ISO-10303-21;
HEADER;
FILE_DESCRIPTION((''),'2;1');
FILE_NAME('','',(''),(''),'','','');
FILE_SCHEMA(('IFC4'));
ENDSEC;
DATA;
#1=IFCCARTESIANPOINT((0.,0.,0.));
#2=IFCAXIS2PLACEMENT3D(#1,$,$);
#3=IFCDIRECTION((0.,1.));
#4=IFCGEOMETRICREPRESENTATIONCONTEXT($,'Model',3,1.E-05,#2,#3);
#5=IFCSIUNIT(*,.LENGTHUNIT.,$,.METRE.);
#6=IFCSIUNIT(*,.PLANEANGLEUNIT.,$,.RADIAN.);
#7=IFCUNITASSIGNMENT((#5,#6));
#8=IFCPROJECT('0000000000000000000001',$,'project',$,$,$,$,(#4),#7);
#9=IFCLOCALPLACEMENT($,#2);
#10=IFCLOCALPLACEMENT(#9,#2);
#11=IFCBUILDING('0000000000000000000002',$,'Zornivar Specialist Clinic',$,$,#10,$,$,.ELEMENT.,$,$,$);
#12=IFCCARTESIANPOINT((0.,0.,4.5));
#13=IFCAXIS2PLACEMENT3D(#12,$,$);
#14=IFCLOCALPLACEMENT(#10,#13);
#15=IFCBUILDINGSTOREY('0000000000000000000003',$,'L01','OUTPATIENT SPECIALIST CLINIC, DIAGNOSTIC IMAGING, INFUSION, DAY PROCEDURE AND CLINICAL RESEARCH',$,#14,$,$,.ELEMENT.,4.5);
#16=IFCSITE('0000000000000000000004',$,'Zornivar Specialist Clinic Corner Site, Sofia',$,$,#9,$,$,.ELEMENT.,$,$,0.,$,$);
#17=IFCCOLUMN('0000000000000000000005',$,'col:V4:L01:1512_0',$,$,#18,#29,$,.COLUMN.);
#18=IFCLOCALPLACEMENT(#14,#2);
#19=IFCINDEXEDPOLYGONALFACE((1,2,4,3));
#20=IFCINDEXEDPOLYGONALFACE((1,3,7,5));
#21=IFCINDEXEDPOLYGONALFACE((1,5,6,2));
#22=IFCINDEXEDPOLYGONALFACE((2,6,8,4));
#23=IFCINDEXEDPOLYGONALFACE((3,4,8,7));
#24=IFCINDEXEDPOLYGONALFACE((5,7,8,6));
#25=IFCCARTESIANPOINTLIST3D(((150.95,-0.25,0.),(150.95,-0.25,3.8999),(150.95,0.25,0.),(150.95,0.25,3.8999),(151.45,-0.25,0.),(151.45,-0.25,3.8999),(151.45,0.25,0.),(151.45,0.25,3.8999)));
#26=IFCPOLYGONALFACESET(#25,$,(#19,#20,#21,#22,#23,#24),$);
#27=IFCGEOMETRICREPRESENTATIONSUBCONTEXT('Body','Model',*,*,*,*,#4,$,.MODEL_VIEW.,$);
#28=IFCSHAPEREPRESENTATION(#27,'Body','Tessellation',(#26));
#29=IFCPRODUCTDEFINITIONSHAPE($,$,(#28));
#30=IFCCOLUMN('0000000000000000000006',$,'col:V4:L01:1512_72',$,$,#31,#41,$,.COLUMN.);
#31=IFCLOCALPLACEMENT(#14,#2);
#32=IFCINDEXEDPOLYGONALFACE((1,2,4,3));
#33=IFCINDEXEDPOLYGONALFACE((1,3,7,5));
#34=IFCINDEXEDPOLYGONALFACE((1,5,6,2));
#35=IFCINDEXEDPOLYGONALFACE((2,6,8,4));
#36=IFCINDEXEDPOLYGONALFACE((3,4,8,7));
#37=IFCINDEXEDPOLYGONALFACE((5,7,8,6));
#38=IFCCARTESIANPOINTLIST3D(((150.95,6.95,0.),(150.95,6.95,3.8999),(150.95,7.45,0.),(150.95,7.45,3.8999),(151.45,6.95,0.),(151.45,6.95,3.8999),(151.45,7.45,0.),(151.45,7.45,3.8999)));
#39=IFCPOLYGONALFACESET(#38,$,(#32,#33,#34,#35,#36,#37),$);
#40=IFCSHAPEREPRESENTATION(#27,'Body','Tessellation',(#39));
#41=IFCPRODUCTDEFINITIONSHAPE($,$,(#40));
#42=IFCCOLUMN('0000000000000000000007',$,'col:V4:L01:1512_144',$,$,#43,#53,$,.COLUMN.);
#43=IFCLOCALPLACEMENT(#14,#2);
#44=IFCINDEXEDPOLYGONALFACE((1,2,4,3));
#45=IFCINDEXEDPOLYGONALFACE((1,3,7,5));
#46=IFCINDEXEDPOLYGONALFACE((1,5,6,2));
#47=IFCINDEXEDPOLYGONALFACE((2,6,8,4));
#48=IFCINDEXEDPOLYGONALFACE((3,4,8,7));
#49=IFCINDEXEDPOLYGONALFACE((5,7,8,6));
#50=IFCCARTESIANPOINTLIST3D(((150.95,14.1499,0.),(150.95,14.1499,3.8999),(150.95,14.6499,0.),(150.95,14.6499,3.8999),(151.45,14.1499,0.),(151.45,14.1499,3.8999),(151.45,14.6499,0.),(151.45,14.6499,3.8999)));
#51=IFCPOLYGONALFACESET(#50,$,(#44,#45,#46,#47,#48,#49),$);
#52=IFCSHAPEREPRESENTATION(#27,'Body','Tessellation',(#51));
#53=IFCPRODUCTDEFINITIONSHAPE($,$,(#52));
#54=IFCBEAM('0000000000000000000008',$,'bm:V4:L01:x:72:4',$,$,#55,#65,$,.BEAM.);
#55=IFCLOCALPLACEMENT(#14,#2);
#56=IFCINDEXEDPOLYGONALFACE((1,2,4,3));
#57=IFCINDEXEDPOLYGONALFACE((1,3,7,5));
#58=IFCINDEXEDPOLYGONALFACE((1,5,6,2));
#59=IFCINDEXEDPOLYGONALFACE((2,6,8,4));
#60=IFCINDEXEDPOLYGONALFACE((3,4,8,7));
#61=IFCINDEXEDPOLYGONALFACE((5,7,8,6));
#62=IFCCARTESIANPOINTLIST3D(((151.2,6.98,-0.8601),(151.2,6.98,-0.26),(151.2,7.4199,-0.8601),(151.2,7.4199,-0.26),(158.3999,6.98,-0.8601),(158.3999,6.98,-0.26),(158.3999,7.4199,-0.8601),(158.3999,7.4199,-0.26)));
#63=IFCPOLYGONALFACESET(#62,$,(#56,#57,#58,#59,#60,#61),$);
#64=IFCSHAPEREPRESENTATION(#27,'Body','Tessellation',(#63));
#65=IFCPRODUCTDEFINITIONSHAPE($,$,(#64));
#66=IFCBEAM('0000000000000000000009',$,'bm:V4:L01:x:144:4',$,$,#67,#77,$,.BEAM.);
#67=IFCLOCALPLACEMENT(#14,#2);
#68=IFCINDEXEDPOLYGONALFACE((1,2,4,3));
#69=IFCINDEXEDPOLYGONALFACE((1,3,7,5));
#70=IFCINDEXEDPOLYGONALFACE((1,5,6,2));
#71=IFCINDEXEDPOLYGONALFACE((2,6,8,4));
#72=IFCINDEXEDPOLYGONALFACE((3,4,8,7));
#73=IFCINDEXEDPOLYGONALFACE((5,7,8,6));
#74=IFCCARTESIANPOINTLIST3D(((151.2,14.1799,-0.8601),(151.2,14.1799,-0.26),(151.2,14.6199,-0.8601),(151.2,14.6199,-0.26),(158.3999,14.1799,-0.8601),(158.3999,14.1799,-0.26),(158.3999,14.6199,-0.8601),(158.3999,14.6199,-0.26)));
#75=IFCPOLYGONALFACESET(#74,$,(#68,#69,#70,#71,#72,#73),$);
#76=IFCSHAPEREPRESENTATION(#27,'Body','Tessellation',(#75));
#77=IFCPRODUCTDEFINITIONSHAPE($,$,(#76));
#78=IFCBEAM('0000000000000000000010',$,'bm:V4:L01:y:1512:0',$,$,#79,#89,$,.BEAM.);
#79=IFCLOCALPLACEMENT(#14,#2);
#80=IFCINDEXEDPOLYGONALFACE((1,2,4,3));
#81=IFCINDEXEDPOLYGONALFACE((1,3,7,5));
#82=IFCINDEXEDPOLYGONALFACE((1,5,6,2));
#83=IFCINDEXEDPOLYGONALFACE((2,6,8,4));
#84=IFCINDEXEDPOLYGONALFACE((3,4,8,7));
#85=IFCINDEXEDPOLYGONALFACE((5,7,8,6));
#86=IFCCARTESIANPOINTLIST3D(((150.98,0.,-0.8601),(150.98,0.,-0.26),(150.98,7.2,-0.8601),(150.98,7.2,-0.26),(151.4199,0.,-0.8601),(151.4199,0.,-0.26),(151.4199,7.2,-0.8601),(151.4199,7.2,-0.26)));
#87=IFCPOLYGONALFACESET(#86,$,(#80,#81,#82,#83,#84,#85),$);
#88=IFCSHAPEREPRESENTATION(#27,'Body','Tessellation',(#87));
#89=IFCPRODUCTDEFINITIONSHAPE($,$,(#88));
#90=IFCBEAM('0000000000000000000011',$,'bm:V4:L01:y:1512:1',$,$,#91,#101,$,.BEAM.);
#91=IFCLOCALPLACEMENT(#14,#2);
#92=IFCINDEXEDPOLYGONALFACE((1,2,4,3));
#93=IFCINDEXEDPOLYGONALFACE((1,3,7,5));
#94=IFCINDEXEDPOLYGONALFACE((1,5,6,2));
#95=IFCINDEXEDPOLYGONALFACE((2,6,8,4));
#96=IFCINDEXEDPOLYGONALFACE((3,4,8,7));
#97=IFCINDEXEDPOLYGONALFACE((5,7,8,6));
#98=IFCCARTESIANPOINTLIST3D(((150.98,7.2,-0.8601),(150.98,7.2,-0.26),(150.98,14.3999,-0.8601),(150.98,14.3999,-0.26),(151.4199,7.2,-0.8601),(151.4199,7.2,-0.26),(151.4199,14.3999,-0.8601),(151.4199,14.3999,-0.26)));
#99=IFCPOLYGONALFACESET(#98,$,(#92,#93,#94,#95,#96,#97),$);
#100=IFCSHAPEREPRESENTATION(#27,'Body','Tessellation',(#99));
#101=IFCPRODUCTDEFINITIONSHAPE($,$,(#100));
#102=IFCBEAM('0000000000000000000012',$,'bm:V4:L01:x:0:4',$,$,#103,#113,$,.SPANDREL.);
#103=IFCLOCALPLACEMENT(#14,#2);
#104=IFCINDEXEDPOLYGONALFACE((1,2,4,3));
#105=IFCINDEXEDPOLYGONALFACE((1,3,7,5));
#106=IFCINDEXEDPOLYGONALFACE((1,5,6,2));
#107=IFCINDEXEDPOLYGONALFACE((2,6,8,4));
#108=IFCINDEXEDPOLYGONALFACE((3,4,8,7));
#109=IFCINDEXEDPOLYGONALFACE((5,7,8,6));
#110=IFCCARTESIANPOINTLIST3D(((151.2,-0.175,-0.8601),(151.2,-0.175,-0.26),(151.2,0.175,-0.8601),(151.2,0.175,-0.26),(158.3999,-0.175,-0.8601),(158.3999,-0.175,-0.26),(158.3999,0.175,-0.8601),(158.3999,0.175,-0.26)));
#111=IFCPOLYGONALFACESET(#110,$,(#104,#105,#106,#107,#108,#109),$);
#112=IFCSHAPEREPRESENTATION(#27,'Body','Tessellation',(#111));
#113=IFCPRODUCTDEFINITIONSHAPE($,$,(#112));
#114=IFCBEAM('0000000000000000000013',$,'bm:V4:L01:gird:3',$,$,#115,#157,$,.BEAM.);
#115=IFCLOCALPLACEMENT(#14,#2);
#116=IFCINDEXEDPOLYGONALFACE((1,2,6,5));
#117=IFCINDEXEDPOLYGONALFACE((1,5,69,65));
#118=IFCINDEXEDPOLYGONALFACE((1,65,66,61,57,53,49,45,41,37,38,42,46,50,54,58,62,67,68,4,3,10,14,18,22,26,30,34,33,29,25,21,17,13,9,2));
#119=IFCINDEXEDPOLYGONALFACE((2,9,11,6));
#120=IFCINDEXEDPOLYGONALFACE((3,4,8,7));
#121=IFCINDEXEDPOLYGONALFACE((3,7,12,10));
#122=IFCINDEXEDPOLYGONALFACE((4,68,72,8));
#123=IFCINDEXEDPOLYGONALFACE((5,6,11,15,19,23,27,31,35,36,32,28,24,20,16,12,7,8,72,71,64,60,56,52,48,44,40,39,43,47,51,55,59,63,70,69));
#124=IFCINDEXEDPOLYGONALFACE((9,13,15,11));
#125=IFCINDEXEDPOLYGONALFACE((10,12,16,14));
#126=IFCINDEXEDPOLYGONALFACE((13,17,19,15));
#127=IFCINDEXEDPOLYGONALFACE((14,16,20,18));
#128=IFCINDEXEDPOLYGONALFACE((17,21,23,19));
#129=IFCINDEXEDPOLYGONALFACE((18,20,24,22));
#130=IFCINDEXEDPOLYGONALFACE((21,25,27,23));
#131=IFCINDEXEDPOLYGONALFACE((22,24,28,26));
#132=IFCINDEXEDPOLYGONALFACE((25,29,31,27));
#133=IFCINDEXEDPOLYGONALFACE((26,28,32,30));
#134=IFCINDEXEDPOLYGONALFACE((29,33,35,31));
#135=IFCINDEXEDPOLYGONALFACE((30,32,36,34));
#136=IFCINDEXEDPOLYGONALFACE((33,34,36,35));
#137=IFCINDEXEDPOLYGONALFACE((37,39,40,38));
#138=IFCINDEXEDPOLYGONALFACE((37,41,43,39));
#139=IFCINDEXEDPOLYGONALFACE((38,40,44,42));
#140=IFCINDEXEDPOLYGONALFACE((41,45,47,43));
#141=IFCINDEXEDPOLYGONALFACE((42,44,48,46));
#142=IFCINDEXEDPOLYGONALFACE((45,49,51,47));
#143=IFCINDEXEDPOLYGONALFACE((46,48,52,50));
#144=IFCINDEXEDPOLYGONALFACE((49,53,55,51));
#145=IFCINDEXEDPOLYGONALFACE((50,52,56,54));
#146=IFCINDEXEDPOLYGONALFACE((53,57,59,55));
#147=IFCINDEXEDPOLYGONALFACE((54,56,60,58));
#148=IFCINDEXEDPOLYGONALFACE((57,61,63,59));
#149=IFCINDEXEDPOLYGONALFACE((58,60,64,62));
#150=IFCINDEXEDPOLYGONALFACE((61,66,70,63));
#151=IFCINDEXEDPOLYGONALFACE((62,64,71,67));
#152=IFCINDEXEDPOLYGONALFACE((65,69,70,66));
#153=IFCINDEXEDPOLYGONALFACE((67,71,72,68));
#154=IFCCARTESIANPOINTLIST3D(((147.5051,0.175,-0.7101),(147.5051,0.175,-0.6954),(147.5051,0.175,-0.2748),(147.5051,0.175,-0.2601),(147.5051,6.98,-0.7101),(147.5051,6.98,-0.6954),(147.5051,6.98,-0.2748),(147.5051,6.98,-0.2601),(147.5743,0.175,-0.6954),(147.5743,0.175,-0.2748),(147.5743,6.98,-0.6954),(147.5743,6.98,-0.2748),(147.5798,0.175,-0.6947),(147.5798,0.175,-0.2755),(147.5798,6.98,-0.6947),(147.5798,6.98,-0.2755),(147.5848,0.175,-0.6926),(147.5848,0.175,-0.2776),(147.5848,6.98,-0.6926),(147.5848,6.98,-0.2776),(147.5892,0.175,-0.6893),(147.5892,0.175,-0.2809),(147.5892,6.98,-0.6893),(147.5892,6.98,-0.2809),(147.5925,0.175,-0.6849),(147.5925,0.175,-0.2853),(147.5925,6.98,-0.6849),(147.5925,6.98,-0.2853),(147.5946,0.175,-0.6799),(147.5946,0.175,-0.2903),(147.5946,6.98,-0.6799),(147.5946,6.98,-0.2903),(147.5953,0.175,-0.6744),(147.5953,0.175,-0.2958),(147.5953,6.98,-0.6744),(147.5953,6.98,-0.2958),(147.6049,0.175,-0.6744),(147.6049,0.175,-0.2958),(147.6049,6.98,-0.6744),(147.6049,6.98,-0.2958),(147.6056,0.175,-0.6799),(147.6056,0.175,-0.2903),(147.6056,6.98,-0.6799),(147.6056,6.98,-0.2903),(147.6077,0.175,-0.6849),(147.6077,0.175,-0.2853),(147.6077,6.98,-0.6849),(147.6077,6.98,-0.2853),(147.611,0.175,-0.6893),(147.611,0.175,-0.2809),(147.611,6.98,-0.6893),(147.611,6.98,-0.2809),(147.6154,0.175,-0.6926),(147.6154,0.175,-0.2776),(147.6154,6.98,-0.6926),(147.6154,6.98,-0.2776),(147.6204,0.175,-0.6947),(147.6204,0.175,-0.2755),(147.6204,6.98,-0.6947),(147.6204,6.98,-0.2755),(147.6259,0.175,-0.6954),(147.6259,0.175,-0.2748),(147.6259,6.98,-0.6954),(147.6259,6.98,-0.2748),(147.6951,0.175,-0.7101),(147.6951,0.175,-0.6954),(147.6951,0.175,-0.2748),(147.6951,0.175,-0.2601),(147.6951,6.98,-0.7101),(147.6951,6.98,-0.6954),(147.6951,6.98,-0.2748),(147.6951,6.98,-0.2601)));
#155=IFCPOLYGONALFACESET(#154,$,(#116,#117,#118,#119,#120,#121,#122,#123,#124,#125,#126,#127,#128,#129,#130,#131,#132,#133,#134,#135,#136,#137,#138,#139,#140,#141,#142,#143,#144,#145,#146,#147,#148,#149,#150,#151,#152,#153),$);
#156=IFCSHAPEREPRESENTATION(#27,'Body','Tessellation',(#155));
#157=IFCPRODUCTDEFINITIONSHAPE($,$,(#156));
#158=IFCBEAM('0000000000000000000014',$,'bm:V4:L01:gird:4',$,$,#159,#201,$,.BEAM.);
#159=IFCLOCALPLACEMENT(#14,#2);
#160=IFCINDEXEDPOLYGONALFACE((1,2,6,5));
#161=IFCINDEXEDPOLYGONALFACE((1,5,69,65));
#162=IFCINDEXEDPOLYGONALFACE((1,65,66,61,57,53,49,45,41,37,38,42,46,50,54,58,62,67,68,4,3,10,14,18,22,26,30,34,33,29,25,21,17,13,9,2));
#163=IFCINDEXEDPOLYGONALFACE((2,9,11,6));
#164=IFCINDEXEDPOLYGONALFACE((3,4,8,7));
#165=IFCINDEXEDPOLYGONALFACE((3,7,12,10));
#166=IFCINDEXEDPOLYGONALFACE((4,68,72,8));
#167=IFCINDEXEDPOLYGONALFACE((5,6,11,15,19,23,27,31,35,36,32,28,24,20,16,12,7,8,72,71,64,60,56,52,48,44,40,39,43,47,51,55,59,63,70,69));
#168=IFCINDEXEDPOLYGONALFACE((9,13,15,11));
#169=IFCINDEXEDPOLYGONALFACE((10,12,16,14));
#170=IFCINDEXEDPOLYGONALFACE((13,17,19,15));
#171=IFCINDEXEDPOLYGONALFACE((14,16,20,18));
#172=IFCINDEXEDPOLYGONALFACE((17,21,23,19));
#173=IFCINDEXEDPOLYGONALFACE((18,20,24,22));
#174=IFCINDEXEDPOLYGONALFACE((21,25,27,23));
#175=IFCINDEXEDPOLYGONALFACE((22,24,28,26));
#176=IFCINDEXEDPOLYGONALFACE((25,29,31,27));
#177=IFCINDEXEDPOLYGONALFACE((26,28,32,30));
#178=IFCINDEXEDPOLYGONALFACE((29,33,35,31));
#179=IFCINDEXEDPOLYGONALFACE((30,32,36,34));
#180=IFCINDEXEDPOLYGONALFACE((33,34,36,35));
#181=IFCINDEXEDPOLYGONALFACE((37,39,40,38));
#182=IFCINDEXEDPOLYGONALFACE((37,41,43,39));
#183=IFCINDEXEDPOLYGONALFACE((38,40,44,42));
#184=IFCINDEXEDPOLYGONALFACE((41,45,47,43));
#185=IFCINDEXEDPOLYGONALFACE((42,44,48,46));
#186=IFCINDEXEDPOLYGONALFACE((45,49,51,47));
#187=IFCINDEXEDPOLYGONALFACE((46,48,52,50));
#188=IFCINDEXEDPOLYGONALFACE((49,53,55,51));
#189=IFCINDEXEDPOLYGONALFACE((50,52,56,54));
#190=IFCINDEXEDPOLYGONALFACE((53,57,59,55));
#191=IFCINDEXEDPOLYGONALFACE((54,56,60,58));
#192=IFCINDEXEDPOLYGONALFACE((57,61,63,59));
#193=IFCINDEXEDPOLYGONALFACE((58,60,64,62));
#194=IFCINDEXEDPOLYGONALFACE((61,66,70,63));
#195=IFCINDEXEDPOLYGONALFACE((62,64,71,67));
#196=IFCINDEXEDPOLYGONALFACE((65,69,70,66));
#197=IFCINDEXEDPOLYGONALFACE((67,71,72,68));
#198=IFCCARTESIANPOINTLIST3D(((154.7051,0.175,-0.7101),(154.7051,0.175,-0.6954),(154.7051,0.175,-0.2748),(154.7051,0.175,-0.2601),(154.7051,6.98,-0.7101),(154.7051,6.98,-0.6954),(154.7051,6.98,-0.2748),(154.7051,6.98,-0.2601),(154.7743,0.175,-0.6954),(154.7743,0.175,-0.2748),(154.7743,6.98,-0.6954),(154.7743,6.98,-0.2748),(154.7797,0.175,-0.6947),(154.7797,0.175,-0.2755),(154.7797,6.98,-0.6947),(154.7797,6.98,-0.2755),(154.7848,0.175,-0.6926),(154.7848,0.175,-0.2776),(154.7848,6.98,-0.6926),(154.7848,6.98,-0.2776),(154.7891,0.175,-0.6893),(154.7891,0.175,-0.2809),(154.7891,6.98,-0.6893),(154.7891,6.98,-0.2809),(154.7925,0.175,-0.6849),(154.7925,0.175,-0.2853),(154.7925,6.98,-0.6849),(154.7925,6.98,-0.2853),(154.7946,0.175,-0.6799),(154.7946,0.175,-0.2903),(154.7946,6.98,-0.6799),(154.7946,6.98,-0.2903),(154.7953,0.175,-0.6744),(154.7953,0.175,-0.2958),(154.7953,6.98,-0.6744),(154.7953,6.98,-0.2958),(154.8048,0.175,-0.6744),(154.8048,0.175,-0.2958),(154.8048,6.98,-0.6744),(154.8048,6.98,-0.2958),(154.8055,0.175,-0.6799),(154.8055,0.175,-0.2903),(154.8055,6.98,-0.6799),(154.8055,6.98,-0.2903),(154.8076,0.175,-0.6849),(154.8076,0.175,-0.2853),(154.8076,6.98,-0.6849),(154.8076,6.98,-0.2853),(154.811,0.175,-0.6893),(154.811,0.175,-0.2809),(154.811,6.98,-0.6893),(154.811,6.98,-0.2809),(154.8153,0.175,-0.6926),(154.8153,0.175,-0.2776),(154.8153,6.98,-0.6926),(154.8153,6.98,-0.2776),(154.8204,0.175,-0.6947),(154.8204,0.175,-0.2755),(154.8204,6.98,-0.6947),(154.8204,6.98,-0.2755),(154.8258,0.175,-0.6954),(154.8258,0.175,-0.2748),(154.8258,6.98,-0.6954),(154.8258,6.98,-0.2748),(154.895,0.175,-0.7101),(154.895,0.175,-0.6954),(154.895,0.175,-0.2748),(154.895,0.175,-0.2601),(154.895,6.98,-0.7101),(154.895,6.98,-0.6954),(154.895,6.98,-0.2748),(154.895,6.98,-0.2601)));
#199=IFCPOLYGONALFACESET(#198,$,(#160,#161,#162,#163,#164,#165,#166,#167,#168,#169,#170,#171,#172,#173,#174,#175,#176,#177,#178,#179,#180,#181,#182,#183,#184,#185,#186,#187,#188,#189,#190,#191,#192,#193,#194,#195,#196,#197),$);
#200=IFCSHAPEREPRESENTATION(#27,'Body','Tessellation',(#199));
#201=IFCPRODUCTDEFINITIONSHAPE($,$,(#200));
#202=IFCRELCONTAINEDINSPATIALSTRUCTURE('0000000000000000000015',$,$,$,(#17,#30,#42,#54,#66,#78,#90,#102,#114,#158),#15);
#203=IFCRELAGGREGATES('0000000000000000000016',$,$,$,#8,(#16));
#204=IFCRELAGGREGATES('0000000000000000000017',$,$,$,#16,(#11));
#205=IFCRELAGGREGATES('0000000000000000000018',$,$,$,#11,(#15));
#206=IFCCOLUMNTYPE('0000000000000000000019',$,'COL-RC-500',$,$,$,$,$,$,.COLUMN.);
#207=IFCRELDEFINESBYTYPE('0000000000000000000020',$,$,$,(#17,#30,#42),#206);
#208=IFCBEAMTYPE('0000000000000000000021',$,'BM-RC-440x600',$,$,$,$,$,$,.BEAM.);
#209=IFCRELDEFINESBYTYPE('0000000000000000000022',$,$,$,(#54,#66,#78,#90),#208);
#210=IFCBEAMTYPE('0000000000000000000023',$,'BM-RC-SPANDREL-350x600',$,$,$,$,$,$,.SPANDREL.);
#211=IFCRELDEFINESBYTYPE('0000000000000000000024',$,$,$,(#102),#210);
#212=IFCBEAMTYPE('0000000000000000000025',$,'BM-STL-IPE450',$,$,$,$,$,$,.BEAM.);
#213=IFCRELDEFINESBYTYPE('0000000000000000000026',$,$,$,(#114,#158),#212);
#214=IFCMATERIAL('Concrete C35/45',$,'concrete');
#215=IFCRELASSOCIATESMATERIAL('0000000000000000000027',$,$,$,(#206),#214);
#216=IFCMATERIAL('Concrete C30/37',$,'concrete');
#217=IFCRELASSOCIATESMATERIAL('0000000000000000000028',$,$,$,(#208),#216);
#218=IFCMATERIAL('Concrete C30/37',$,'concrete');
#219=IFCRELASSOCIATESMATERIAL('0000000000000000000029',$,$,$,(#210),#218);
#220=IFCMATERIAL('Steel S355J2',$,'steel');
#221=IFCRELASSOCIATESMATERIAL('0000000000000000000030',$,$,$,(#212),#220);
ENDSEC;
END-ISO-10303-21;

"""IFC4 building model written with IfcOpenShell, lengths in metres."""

from ifc_helpers import new_model, si_unit, direction, frame, origin, origin_2d, place, context, subcontext, project, spatial, rectangle, i_section, extrude, material, material_profile, profile_set, type_object, element, save


model = new_model("IFC4")

# Units and contexts
model_context = context("Model", 3, precision=1e-05, world=origin(), true_north=direction((0.0, 1.0)))
body_context = subcontext(model_context, "Body", "Model", "MODEL_VIEW")
ifc_project = project(units=[si_unit("LENGTHUNIT", "METRE"), si_unit("PLANEANGLEUNIT", "RADIAN")], contexts=[model_context])

# Site, building, storey
site_placement = place(None, origin())
site = spatial("IfcSite", under=ifc_project, at=site_placement, Name="Zornivar Specialist Clinic Corner Site, Sofia", CompositionType="ELEMENT", RefElevation=0.0)
building_placement = place(site_placement, origin())
building = spatial("IfcBuilding", under=site, at=building_placement, Name="Zornivar Specialist Clinic", CompositionType="ELEMENT")
storey_placement = place(building_placement, frame((0.0, 0.0, 4.5)))
storey = spatial("IfcBuildingStorey", under=building, at=storey_placement, Name="L01", Description="OUTPATIENT SPECIALIST CLINIC, DIAGNOSTIC IMAGING, INFUSION, DAY PROCEDURE AND CLINICAL RESEARCH", CompositionType="ELEMENT", Elevation=4.5)

# Columns
ifc_material_1 = material(Name="Concrete C35/45", Category="concrete")
ifc_material_profile_1 = material_profile(ifc_material_1, rectangle(XDim=0.5, YDim=0.5, at=origin_2d()), Name="RC 500x500")
ifc_profile_set_1 = profile_set([ifc_material_profile_1], Name="Concrete C35/45")
column_type = type_object("IfcColumnType", Name="COL-RC-500", PredefinedType="COLUMN", material=ifc_profile_set_1)
for number, where, z_axis, x_axis, name in (
    (1, (151.2, 0.0, 0.0), (0.0, 0.0, 1.0), (1.0, 0.0, 0.0), "col:V4:L01:1512_0"),
    (2, (151.2, 7.2, 0.0), (0.0, 0.0, 1.0), (1.0, 0.0, 0.0), "col:V4:L01:1512_72"),
    (3, (151.2, 14.3999, 0.0), (0.0, 0.0, 1.0), (1.0, 0.0, 0.0), "col:V4:L01:1512_144"),
):
    element("IfcColumn", number, at=place(storey_placement, frame(where, z_axis=z_axis, x_axis=x_axis)), inside=storey, type_object=column_type, Name=name, PredefinedType="COLUMN", context=body_context, shape_type="SweptSolid", body=[
        extrude(rectangle(XDim=0.5, YDim=0.5, at=origin_2d()), origin(), (0.0, 0.0, 1.0), 3.8999),
    ])

# Beams
ifc_material_2 = material(Name="Concrete C30/37", Category="concrete")
ifc_material_profile_2 = material_profile(ifc_material_2, rectangle(XDim=0.4399, YDim=0.6001, at=origin_2d()), Name="RC 440x600")
ifc_profile_set_2 = profile_set([ifc_material_profile_2], Name="Concrete C30/37")
beam_type_1 = type_object("IfcBeamType", Name="BM-RC-440x600", PredefinedType="BEAM", material=ifc_profile_set_2)
for number, where, z_axis, x_axis, name in (
    (4, (151.2, 7.2, -0.5601), (1.0, 0.0, 0.0), (0.0, 1.0, 0.0), "bm:V4:L01:x:72:4"),
    (5, (151.2, 14.3999, -0.5601), (1.0, 0.0, 0.0), (0.0, 1.0, 0.0), "bm:V4:L01:x:144:4"),
    (6, (151.2, 0.0, -0.5601), (0.0, 1.0, 0.0), (-1.0, 0.0, 0.0), "bm:V4:L01:y:1512:0"),
    (7, (151.2, 7.2, -0.5601), (0.0, 1.0, 0.0), (-1.0, 0.0, 0.0), "bm:V4:L01:y:1512:1"),
):
    element("IfcBeam", number, at=place(storey_placement, frame(where, z_axis=z_axis, x_axis=x_axis)), inside=storey, type_object=beam_type_1, Name=name, PredefinedType="BEAM", context=body_context, shape_type="SweptSolid", body=[
        extrude(rectangle(XDim=0.4399, YDim=0.6001, at=origin_2d()), origin(), (0.0, 0.0, 1.0), 7.2),
    ])
ifc_material_3 = material(Name="Concrete C30/37", Category="concrete")
ifc_material_profile_3 = material_profile(ifc_material_3, rectangle(XDim=0.3501, YDim=0.6001, at=origin_2d()), Name="RC 350x600")
ifc_profile_set_3 = profile_set([ifc_material_profile_3], Name="Concrete C30/37")
beam_type_2 = type_object("IfcBeamType", Name="BM-RC-SPANDREL-350x600", PredefinedType="SPANDREL", material=ifc_profile_set_3)
beam_placement = place(storey_placement, frame((151.2, 0.0, -0.5601), z_axis=(1.0, 0.0, 0.0), x_axis=(0.0, 1.0, 0.0)))
element("IfcBeam", 8, at=beam_placement, inside=storey, type_object=beam_type_2, Name="bm:V4:L01:x:0:4", PredefinedType="SPANDREL", context=body_context, shape_type="SweptSolid", body=[
    extrude(rectangle(XDim=0.3501, YDim=0.6001, at=origin_2d()), origin(), (0.0, 0.0, 1.0), 7.2),
])
ifc_material_4 = material(Name="Steel S355J2", Category="steel")
ifc_material_profile_4 = material_profile(ifc_material_4, i_section(OverallWidth=0.1899, OverallDepth=0.45, WebThickness=0.0095, FlangeThickness=0.0146, FilletRadius=0.021, at=origin_2d()), Name="IPE 450")
ifc_profile_set_4 = profile_set([ifc_material_profile_4], Name="Steel S355J2")
beam_type_3 = type_object("IfcBeamType", Name="BM-STL-IPE450", PredefinedType="BEAM", material=ifc_profile_set_4)
for number, where, z_axis, x_axis, name in (
    (9, (147.6001, 0.175, -0.4851), (0.0, 1.0, 0.0), (-1.0, 0.0, 0.0), "bm:V4:L01:gird:3"),
    (10, (154.8, 0.175, -0.4851), (0.0, 1.0, 0.0), (-1.0, 0.0, 0.0), "bm:V4:L01:gird:4"),
):
    element("IfcBeam", number, at=place(storey_placement, frame(where, z_axis=z_axis, x_axis=x_axis)), inside=storey, type_object=beam_type_3, Name=name, PredefinedType="BEAM", context=body_context, shape_type="SweptSolid", body=[
        extrude(i_section(OverallWidth=0.1899, OverallDepth=0.45, WebThickness=0.0095, FlangeThickness=0.0146, FilletRadius=0.021, at=origin_2d()), origin(), (0.0, 0.0, 1.0), 6.8049),
    ])

save(model, "model.ifc")
